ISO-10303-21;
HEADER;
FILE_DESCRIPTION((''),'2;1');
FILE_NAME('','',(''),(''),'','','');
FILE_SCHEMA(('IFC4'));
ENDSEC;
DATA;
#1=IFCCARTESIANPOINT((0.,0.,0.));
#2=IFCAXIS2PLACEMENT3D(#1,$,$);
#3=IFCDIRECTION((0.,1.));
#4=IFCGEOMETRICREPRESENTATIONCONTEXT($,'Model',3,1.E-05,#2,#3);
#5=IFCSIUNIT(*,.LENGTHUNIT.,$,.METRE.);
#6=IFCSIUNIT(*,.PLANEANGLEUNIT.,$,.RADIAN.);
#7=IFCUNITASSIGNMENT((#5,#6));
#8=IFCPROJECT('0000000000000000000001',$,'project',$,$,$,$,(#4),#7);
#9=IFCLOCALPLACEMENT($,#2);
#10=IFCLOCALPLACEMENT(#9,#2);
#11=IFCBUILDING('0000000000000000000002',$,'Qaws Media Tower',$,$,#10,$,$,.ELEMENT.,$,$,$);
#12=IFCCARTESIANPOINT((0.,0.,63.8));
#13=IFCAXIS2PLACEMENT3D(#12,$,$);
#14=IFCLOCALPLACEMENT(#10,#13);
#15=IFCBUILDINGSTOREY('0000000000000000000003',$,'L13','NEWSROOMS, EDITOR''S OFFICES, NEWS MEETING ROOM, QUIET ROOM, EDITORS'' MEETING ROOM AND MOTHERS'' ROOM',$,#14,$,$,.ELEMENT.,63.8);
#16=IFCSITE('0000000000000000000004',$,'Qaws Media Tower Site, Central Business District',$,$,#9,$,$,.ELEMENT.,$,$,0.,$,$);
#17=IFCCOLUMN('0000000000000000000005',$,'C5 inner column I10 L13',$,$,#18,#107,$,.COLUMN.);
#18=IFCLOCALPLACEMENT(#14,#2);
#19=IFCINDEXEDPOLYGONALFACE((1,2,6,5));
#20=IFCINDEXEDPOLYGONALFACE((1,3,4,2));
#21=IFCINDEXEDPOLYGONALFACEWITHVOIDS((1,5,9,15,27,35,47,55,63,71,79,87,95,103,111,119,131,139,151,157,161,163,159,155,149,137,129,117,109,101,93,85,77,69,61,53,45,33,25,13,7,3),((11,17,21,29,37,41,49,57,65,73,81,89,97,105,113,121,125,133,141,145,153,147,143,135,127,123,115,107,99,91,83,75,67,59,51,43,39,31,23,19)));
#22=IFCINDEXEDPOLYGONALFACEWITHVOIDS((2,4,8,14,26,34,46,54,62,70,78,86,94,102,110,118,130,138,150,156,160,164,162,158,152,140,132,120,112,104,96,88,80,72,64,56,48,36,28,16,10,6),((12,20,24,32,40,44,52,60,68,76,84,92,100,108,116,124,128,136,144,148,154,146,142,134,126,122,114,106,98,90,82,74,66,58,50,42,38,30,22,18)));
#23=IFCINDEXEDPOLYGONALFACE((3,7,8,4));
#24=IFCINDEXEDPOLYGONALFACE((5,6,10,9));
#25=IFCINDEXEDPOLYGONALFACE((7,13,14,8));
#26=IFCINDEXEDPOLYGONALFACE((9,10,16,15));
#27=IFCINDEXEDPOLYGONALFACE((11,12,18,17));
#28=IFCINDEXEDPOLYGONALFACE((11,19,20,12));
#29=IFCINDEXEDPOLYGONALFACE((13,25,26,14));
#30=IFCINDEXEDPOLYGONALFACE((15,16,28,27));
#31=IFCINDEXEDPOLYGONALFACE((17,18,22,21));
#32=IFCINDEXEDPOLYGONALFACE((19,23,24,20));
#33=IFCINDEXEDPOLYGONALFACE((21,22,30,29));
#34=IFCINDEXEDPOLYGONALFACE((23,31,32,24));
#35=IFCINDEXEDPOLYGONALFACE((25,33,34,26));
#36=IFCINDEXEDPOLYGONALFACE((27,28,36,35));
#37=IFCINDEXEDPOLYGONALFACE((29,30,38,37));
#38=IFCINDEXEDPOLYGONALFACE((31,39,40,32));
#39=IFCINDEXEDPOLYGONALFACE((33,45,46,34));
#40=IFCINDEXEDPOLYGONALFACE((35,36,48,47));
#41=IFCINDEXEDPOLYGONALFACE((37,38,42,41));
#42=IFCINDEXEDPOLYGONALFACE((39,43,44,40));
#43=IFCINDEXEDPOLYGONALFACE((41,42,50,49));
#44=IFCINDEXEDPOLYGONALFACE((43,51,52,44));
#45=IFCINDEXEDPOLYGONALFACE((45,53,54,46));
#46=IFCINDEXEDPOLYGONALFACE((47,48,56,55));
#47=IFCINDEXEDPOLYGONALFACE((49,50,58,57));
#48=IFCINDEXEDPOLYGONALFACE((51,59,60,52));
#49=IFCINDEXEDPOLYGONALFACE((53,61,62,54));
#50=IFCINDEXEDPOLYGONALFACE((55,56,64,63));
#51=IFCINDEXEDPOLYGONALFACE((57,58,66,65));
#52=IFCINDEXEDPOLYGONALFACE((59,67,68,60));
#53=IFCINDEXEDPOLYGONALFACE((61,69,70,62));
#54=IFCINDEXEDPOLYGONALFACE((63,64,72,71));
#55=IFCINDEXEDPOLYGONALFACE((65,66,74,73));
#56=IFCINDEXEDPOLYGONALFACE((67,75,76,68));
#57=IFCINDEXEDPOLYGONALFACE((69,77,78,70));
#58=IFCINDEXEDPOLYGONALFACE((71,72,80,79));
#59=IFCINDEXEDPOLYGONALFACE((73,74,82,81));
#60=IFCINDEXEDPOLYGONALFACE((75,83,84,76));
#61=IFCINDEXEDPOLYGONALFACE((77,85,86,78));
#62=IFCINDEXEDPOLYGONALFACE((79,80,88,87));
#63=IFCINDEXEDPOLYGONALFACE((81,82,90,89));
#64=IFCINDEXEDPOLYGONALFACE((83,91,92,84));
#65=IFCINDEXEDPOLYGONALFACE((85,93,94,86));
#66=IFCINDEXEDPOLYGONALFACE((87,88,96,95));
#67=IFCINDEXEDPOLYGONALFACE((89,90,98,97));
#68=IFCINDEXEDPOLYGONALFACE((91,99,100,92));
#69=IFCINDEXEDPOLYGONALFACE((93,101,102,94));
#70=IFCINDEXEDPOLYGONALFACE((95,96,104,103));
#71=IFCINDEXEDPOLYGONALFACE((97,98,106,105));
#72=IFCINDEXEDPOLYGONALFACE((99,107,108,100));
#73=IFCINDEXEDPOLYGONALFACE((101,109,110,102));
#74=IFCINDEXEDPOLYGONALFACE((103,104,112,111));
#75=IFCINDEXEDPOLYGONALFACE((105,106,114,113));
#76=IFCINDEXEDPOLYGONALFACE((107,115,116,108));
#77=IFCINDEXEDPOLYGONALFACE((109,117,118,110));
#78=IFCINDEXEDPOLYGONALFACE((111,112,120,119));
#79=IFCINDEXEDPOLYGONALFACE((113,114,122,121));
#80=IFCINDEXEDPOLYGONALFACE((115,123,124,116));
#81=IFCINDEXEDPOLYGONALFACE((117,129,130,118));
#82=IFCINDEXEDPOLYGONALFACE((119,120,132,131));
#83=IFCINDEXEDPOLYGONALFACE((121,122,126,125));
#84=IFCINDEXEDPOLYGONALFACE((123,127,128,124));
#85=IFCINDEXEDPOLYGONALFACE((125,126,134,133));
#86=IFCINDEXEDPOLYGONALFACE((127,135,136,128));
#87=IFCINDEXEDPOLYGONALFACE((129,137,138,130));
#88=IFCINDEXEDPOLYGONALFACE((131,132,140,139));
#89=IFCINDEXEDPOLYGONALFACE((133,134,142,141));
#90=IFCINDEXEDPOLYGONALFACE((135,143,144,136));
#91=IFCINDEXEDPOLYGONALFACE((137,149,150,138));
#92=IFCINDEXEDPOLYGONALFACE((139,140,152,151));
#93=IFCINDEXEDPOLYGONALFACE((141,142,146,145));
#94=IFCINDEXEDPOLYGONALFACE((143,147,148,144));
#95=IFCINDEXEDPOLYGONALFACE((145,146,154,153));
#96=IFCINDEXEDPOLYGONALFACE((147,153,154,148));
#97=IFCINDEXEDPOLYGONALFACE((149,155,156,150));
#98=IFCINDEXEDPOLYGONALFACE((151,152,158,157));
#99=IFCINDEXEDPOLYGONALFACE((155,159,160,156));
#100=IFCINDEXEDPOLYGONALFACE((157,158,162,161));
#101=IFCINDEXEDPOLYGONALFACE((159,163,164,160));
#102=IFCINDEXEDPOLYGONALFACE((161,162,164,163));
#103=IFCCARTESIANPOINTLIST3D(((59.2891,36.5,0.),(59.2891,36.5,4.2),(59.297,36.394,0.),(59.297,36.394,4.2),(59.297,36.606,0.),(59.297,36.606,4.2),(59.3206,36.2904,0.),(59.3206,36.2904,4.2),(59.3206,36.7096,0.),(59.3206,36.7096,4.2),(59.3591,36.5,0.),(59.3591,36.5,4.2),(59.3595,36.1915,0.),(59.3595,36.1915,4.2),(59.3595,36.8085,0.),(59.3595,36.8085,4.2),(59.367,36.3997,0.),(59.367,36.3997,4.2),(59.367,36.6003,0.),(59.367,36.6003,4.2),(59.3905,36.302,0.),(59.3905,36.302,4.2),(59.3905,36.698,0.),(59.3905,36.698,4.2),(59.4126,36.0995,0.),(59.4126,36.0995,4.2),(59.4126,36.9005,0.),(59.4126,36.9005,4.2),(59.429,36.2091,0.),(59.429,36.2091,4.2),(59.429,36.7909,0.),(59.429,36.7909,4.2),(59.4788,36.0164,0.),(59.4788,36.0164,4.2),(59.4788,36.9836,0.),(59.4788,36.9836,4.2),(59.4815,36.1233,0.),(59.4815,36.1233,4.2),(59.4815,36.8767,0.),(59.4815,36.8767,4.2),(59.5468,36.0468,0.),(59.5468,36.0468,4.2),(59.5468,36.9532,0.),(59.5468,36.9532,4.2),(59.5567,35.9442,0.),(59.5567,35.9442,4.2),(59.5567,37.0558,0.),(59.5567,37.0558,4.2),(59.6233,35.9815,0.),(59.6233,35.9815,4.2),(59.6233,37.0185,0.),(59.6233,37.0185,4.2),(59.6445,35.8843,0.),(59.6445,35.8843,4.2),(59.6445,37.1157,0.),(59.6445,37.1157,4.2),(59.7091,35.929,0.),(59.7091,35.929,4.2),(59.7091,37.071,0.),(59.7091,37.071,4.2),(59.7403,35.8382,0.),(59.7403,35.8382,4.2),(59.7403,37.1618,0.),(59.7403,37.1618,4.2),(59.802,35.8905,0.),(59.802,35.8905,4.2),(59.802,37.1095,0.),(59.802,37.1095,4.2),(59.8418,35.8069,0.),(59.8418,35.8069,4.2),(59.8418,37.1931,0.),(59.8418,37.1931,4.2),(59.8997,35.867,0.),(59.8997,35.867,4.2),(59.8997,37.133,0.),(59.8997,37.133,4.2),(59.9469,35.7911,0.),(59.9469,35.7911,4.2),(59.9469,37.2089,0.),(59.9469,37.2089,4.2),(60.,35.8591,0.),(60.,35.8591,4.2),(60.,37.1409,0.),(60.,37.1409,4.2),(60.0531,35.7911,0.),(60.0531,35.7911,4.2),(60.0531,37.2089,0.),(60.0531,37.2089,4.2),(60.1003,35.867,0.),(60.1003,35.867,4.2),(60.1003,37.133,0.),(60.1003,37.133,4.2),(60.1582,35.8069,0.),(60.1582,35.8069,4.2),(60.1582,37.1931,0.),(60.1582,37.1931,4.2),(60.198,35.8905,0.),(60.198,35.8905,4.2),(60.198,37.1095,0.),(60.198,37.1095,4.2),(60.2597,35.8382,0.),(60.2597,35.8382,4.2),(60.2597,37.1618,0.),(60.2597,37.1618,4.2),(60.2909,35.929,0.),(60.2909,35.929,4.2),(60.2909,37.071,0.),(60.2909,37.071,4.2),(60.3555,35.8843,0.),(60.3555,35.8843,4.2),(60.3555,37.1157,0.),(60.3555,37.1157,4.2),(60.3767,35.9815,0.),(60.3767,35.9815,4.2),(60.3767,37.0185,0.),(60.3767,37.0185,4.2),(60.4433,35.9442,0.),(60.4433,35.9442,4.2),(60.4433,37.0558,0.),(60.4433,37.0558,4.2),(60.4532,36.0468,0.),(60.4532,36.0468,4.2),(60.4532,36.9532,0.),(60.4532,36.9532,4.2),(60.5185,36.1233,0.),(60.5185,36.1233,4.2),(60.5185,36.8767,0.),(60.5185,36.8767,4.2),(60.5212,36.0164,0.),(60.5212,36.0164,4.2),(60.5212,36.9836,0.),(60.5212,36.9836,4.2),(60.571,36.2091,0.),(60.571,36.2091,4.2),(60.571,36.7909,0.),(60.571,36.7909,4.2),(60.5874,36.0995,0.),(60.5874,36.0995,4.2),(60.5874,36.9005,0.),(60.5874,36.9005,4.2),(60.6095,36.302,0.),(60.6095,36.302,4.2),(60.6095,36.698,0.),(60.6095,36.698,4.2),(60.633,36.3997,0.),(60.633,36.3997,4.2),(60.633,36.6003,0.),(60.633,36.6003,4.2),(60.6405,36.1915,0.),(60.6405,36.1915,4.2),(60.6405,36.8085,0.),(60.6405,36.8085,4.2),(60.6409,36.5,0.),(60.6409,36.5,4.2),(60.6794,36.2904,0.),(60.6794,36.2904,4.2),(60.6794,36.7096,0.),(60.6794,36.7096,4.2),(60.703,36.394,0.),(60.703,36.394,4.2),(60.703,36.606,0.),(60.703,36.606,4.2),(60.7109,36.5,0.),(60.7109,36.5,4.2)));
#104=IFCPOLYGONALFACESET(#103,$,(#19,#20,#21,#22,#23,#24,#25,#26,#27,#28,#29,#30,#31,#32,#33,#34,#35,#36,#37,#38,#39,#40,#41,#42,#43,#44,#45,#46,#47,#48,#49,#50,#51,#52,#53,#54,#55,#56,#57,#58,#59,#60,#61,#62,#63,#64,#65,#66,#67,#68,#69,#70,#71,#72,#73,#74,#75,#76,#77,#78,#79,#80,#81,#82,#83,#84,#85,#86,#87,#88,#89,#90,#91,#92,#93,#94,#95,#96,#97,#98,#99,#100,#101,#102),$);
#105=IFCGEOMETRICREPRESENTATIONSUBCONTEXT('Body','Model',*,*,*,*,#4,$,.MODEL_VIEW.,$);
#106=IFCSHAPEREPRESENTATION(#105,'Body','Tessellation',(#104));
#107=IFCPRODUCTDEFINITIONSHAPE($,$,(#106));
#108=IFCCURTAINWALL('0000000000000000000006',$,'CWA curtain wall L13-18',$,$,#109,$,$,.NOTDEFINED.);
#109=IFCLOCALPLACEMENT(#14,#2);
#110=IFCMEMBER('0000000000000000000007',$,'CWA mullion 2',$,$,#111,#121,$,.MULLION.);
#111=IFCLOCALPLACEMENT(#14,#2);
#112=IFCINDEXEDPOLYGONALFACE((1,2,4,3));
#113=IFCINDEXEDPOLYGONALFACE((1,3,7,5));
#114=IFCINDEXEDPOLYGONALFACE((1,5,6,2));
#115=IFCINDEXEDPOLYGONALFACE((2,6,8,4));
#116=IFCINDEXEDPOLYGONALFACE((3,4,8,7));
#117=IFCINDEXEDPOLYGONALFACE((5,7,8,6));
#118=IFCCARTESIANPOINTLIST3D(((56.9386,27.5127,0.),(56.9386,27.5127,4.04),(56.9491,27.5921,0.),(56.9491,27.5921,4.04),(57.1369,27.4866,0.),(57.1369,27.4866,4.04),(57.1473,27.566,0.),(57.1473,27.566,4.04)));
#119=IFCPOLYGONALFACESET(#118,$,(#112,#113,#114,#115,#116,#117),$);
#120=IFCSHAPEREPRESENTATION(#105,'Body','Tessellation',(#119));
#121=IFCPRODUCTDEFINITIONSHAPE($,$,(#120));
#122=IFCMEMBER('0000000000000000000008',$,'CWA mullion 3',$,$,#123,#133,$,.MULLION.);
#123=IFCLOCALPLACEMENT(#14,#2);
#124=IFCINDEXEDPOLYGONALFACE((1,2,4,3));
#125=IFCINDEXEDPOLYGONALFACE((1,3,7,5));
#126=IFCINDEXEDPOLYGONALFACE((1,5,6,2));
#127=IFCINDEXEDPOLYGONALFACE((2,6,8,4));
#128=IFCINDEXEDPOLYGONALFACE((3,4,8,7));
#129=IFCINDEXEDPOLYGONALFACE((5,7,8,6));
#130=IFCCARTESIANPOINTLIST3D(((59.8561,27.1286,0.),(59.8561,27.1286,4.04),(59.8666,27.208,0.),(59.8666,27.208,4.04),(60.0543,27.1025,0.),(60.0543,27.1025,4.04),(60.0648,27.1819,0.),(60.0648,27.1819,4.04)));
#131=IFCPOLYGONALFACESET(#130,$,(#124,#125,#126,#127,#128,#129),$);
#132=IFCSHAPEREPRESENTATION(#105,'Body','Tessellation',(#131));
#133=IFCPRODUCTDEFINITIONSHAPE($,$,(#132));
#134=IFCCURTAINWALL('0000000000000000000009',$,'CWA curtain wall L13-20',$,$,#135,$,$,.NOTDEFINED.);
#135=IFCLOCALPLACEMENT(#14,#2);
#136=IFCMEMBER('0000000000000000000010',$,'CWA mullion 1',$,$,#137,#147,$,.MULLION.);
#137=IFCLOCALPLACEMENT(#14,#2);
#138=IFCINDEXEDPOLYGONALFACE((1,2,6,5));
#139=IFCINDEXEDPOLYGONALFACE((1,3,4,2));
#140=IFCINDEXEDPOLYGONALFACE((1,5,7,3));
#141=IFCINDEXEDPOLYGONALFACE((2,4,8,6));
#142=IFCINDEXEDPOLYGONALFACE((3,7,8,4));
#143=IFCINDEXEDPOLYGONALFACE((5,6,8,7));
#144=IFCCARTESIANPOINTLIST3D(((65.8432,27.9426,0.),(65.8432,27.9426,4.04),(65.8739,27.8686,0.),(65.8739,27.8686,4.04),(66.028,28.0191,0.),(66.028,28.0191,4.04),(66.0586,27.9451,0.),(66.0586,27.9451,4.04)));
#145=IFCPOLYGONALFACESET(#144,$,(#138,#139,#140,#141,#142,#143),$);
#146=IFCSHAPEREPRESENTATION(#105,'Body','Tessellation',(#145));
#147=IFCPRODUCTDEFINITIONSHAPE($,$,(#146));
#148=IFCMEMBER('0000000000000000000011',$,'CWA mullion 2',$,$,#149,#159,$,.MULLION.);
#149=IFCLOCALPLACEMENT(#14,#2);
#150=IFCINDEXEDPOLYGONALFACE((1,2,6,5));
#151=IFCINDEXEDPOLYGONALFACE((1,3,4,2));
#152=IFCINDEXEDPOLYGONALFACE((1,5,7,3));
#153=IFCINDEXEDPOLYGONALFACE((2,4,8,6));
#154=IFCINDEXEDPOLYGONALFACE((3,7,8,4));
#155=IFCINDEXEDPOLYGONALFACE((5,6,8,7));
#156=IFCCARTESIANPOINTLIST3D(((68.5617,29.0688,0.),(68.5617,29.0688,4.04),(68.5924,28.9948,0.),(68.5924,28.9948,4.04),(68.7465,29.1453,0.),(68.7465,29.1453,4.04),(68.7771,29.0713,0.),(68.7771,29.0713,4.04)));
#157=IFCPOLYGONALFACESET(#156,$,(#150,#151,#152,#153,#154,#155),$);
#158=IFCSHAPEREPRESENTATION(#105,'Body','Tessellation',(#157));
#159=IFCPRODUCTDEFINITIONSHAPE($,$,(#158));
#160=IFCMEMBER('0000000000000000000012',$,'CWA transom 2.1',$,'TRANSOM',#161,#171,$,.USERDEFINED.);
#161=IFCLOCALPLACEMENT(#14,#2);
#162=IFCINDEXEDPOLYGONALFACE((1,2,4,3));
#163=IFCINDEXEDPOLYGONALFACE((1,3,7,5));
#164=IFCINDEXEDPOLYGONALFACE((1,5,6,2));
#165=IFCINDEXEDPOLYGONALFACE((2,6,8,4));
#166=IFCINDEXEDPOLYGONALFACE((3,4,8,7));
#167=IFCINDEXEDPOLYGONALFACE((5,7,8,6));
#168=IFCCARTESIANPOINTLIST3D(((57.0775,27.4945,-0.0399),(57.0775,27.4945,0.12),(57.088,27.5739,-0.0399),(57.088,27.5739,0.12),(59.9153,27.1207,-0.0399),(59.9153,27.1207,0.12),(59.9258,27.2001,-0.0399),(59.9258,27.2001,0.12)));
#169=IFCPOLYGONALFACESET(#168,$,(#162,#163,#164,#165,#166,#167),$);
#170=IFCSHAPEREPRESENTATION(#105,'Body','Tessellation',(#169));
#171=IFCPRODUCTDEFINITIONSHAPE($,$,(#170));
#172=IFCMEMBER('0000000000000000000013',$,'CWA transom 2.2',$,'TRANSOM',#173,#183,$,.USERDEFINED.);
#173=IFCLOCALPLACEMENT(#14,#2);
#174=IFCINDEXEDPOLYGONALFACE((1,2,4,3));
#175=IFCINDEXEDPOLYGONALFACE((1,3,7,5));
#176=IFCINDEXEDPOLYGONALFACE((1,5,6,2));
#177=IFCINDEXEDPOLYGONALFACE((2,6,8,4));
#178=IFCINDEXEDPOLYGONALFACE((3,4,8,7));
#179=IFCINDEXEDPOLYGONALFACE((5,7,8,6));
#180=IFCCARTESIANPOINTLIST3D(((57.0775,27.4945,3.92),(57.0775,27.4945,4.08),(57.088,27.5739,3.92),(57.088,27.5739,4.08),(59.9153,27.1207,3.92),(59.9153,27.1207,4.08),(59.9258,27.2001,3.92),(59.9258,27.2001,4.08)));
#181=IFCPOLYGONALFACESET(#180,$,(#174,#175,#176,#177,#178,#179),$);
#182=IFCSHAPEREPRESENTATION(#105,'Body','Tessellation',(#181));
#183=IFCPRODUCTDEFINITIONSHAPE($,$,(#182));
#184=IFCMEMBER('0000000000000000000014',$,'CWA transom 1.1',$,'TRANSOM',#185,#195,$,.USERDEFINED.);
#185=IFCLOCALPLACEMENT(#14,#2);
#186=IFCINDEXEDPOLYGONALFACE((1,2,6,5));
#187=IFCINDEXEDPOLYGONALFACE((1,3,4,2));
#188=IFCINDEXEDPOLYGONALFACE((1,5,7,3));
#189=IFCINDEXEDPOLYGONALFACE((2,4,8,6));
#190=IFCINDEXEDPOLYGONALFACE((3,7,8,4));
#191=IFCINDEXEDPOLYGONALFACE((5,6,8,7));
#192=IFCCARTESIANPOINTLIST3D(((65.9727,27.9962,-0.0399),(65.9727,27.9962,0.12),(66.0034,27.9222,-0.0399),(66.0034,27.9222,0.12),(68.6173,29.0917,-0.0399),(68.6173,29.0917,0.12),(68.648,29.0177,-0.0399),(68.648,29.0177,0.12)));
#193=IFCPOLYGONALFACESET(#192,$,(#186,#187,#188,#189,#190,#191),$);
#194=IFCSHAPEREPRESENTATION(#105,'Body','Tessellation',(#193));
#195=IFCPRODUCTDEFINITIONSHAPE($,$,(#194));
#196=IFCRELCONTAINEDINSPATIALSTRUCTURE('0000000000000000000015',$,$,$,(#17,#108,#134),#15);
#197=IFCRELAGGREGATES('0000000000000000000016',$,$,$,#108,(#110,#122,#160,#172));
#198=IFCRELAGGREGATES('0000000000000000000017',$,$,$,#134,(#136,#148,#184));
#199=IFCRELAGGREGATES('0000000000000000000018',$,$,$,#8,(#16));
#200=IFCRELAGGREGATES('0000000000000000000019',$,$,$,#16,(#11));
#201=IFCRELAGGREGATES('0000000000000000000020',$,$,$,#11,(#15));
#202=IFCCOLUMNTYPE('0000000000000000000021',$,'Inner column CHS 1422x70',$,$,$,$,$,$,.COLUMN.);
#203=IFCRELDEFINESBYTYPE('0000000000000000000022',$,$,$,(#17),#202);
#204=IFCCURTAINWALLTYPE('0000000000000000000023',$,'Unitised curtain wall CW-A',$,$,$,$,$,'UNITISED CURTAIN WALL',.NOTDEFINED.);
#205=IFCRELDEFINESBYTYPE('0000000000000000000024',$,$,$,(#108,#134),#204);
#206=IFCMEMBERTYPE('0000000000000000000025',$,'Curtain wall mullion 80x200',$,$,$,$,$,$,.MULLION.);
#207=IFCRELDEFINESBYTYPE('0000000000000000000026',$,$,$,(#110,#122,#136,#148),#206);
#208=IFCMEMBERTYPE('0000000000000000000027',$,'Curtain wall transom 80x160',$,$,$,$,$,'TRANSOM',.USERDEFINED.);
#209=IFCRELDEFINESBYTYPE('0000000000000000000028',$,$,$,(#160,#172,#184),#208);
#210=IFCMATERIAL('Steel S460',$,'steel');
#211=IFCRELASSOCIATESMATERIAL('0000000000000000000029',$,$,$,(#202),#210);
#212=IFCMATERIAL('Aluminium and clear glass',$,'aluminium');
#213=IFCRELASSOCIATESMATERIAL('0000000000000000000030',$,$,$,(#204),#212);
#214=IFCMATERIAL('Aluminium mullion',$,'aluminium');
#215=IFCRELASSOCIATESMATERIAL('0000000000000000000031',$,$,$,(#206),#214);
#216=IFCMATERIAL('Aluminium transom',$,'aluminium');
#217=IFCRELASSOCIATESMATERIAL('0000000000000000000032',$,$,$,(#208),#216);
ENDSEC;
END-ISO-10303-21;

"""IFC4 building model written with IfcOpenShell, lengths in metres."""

from ifc_helpers import new_model, si_unit, direction, frame, origin, origin_2d, place, context, subcontext, project, spatial, rectangle, hollow_circle, extrude, material, material_profile, profile_set, type_object, element, aggregate, save


model = new_model("IFC4")

# Units and contexts
model_context = context("Model", 3, precision=1e-05, world=origin(), true_north=direction((0.0, 1.0)))
body_context = subcontext(model_context, "Body", "Model", "MODEL_VIEW")
ifc_project = project(units=[si_unit("LENGTHUNIT", "METRE"), si_unit("PLANEANGLEUNIT", "RADIAN")], contexts=[model_context])

# Site, building, storey
site_placement = place(None, origin())
site = spatial("IfcSite", under=ifc_project, at=site_placement, Name="Qaws Media Tower Site, Central Business District", CompositionType="ELEMENT", RefElevation=0.0)
building_placement = place(site_placement, origin())
building = spatial("IfcBuilding", under=site, at=building_placement, Name="Qaws Media Tower", CompositionType="ELEMENT")
storey_placement = place(building_placement, frame((0.0, 0.0, 63.8)))
storey = spatial("IfcBuildingStorey", under=building, at=storey_placement, Name="L13", Description="NEWSROOMS, EDITOR'S OFFICES, NEWS MEETING ROOM, QUIET ROOM, EDITORS' MEETING ROOM AND MOTHERS' ROOM", CompositionType="ELEMENT", Elevation=63.8)

# Column
ifc_material_1 = material(Name="Steel S460", Category="steel")
ifc_material_profile_1 = material_profile(ifc_material_1, hollow_circle(Radius=0.7109, WallThickness=0.0701, at=origin_2d()), Name="CHS 1422x70")
ifc_profile_set_1 = profile_set([ifc_material_profile_1], Name="Steel S460")
column_type = type_object("IfcColumnType", Name="Inner column CHS 1422x70", PredefinedType="COLUMN", material=ifc_profile_set_1)
column_placement = place(storey_placement, frame((60.0, 36.5, 0.0), z_axis=(0.0, 0.0, 1.0), x_axis=(1.0, 0.0, 0.0)))
element("IfcColumn", 1, at=column_placement, inside=storey, type_object=column_type, Name="C5 inner column I10 L13", PredefinedType="COLUMN", context=body_context, shape_type="SweptSolid", body=[
    extrude(hollow_circle(Radius=0.7109, WallThickness=0.0701, at=origin_2d()), origin(), (0.0, 0.0, 1.0), 4.2),
])

# Curtain walls, members
ifc_material_2 = material(Name="Aluminium and clear glass", Category="aluminium")
curtain_wall_type = type_object("IfcCurtainWallType", Name="Unitised curtain wall CW-A", ElementType="UNITISED CURTAIN WALL", PredefinedType="NOTDEFINED", material=ifc_material_2)
curtain_wall_1_placement = place(storey_placement, origin())
curtain_wall_1 = element("IfcCurtainWall", 2, at=curtain_wall_1_placement, inside=storey, type_object=curtain_wall_type, Name="CWA curtain wall L13-18", PredefinedType="NOTDEFINED")
ifc_material_3 = material(Name="Aluminium mullion", Category="aluminium")
ifc_material_profile_2 = material_profile(ifc_material_3, rectangle(XDim=0.0801, YDim=0.2, at=origin_2d()), Name="80x200")
ifc_profile_set_2 = profile_set([ifc_material_profile_2], Name="Aluminium mullion")
member_type_1 = type_object("IfcMemberType", Name="Curtain wall mullion 80x200", PredefinedType="MULLION", material=ifc_profile_set_2)
member_1_placement = place(storey_placement, frame((57.043, 27.5393, 0.0), z_axis=(0.0, 0.0, 1.0), x_axis=(0.130526, 0.991445, 0.0)))
member_1 = element("IfcMember", 3, at=member_1_placement, type_object=member_type_1, Name="CWA mullion 2", PredefinedType="MULLION", context=body_context, shape_type="SweptSolid", body=[
    extrude(rectangle(XDim=0.0801, YDim=0.2, at=origin_2d()), origin(), (0.0, 0.0, 1.0), 4.04),
])
member_2_placement = place(storey_placement, frame((59.9604, 27.1553, 0.0), z_axis=(0.0, 0.0, 1.0), x_axis=(0.130526, 0.991445, 0.0)))
member_2 = element("IfcMember", 4, at=member_2_placement, type_object=member_type_1, Name="CWA mullion 3", PredefinedType="MULLION", context=body_context, shape_type="SweptSolid", body=[
    extrude(rectangle(XDim=0.0801, YDim=0.2, at=origin_2d()), origin(), (0.0, 0.0, 1.0), 4.04),
])
curtain_wall_2_placement = place(storey_placement, origin())
curtain_wall_2 = element("IfcCurtainWall", 5, at=curtain_wall_2_placement, inside=storey, type_object=curtain_wall_type, Name="CWA curtain wall L13-20", PredefinedType="NOTDEFINED")
member_3_placement = place(storey_placement, frame((65.9509, 27.9438, 0.0), z_axis=(0.0, 0.0, 1.0), x_axis=(-0.382683, 0.92388, 0.0)))
member_3 = element("IfcMember", 6, at=member_3_placement, type_object=member_type_1, Name="CWA mullion 1", PredefinedType="MULLION", context=body_context, shape_type="SweptSolid", body=[
    extrude(rectangle(XDim=0.0801, YDim=0.2, at=origin_2d()), origin(), (0.0, 0.0, 1.0), 4.04),
])
member_4_placement = place(storey_placement, frame((68.6694, 29.0701, 0.0), z_axis=(0.0, 0.0, 1.0), x_axis=(-0.382683, 0.92388, 0.0)))
member_4 = element("IfcMember", 7, at=member_4_placement, type_object=member_type_1, Name="CWA mullion 2", PredefinedType="MULLION", context=body_context, shape_type="SweptSolid", body=[
    extrude(rectangle(XDim=0.0801, YDim=0.2, at=origin_2d()), origin(), (0.0, 0.0, 1.0), 4.04),
])

# Members
ifc_material_4 = material(Name="Aluminium transom", Category="aluminium")
ifc_material_profile_3 = material_profile(ifc_material_4, rectangle(XDim=0.0801, YDim=0.1599, at=origin_2d()), Name="80x160")
ifc_profile_set_3 = profile_set([ifc_material_profile_3], Name="Aluminium transom")
member_type_2 = type_object("IfcMemberType", Name="Curtain wall transom 80x160", ElementType="TRANSOM", PredefinedType="USERDEFINED", material=ifc_profile_set_3)
member_5_placement = place(storey_placement, frame((57.0828, 27.5342, 0.04), z_axis=(0.991437, -0.130582, 0.0), x_axis=(0.130582, 0.991437, 0.0)))
member_5 = element("IfcMember", 8, at=member_5_placement, type_object=member_type_2, Name="CWA transom 2.1", ObjectType="TRANSOM", PredefinedType="USERDEFINED", context=body_context, shape_type="SweptSolid", body=[
    extrude(rectangle(XDim=0.0801, YDim=0.1599, at=origin_2d()), origin(), (0.0, 0.0, 1.0), 2.8623),
])
member_6_placement = place(storey_placement, frame((57.0828, 27.5342, 4.0), z_axis=(0.991437, -0.130582, 0.0), x_axis=(0.130582, 0.991437, 0.0)))
member_6 = element("IfcMember", 9, at=member_6_placement, type_object=member_type_2, Name="CWA transom 2.2", ObjectType="TRANSOM", PredefinedType="USERDEFINED", context=body_context, shape_type="SweptSolid", body=[
    extrude(rectangle(XDim=0.0801, YDim=0.1599, at=origin_2d()), origin(), (0.0, 0.0, 1.0), 2.8623),
])
member_7_placement = place(storey_placement, frame((65.988, 27.9592, 0.04), z_axis=(0.923872, 0.382701, 0.0), x_axis=(-0.382701, 0.923872, 0.0)))
member_7 = element("IfcMember", 10, at=member_7_placement, type_object=member_type_2, Name="CWA transom 1.1", ObjectType="TRANSOM", PredefinedType="USERDEFINED", context=body_context, shape_type="SweptSolid", body=[
    extrude(rectangle(XDim=0.0801, YDim=0.1599, at=origin_2d()), origin(), (0.0, 0.0, 1.0), 2.8625),
])

aggregate(curtain_wall_1, [member_1, member_2, member_5, member_6])
aggregate(curtain_wall_2, [member_3, member_4, member_7])

save(model, "model.ifc")
